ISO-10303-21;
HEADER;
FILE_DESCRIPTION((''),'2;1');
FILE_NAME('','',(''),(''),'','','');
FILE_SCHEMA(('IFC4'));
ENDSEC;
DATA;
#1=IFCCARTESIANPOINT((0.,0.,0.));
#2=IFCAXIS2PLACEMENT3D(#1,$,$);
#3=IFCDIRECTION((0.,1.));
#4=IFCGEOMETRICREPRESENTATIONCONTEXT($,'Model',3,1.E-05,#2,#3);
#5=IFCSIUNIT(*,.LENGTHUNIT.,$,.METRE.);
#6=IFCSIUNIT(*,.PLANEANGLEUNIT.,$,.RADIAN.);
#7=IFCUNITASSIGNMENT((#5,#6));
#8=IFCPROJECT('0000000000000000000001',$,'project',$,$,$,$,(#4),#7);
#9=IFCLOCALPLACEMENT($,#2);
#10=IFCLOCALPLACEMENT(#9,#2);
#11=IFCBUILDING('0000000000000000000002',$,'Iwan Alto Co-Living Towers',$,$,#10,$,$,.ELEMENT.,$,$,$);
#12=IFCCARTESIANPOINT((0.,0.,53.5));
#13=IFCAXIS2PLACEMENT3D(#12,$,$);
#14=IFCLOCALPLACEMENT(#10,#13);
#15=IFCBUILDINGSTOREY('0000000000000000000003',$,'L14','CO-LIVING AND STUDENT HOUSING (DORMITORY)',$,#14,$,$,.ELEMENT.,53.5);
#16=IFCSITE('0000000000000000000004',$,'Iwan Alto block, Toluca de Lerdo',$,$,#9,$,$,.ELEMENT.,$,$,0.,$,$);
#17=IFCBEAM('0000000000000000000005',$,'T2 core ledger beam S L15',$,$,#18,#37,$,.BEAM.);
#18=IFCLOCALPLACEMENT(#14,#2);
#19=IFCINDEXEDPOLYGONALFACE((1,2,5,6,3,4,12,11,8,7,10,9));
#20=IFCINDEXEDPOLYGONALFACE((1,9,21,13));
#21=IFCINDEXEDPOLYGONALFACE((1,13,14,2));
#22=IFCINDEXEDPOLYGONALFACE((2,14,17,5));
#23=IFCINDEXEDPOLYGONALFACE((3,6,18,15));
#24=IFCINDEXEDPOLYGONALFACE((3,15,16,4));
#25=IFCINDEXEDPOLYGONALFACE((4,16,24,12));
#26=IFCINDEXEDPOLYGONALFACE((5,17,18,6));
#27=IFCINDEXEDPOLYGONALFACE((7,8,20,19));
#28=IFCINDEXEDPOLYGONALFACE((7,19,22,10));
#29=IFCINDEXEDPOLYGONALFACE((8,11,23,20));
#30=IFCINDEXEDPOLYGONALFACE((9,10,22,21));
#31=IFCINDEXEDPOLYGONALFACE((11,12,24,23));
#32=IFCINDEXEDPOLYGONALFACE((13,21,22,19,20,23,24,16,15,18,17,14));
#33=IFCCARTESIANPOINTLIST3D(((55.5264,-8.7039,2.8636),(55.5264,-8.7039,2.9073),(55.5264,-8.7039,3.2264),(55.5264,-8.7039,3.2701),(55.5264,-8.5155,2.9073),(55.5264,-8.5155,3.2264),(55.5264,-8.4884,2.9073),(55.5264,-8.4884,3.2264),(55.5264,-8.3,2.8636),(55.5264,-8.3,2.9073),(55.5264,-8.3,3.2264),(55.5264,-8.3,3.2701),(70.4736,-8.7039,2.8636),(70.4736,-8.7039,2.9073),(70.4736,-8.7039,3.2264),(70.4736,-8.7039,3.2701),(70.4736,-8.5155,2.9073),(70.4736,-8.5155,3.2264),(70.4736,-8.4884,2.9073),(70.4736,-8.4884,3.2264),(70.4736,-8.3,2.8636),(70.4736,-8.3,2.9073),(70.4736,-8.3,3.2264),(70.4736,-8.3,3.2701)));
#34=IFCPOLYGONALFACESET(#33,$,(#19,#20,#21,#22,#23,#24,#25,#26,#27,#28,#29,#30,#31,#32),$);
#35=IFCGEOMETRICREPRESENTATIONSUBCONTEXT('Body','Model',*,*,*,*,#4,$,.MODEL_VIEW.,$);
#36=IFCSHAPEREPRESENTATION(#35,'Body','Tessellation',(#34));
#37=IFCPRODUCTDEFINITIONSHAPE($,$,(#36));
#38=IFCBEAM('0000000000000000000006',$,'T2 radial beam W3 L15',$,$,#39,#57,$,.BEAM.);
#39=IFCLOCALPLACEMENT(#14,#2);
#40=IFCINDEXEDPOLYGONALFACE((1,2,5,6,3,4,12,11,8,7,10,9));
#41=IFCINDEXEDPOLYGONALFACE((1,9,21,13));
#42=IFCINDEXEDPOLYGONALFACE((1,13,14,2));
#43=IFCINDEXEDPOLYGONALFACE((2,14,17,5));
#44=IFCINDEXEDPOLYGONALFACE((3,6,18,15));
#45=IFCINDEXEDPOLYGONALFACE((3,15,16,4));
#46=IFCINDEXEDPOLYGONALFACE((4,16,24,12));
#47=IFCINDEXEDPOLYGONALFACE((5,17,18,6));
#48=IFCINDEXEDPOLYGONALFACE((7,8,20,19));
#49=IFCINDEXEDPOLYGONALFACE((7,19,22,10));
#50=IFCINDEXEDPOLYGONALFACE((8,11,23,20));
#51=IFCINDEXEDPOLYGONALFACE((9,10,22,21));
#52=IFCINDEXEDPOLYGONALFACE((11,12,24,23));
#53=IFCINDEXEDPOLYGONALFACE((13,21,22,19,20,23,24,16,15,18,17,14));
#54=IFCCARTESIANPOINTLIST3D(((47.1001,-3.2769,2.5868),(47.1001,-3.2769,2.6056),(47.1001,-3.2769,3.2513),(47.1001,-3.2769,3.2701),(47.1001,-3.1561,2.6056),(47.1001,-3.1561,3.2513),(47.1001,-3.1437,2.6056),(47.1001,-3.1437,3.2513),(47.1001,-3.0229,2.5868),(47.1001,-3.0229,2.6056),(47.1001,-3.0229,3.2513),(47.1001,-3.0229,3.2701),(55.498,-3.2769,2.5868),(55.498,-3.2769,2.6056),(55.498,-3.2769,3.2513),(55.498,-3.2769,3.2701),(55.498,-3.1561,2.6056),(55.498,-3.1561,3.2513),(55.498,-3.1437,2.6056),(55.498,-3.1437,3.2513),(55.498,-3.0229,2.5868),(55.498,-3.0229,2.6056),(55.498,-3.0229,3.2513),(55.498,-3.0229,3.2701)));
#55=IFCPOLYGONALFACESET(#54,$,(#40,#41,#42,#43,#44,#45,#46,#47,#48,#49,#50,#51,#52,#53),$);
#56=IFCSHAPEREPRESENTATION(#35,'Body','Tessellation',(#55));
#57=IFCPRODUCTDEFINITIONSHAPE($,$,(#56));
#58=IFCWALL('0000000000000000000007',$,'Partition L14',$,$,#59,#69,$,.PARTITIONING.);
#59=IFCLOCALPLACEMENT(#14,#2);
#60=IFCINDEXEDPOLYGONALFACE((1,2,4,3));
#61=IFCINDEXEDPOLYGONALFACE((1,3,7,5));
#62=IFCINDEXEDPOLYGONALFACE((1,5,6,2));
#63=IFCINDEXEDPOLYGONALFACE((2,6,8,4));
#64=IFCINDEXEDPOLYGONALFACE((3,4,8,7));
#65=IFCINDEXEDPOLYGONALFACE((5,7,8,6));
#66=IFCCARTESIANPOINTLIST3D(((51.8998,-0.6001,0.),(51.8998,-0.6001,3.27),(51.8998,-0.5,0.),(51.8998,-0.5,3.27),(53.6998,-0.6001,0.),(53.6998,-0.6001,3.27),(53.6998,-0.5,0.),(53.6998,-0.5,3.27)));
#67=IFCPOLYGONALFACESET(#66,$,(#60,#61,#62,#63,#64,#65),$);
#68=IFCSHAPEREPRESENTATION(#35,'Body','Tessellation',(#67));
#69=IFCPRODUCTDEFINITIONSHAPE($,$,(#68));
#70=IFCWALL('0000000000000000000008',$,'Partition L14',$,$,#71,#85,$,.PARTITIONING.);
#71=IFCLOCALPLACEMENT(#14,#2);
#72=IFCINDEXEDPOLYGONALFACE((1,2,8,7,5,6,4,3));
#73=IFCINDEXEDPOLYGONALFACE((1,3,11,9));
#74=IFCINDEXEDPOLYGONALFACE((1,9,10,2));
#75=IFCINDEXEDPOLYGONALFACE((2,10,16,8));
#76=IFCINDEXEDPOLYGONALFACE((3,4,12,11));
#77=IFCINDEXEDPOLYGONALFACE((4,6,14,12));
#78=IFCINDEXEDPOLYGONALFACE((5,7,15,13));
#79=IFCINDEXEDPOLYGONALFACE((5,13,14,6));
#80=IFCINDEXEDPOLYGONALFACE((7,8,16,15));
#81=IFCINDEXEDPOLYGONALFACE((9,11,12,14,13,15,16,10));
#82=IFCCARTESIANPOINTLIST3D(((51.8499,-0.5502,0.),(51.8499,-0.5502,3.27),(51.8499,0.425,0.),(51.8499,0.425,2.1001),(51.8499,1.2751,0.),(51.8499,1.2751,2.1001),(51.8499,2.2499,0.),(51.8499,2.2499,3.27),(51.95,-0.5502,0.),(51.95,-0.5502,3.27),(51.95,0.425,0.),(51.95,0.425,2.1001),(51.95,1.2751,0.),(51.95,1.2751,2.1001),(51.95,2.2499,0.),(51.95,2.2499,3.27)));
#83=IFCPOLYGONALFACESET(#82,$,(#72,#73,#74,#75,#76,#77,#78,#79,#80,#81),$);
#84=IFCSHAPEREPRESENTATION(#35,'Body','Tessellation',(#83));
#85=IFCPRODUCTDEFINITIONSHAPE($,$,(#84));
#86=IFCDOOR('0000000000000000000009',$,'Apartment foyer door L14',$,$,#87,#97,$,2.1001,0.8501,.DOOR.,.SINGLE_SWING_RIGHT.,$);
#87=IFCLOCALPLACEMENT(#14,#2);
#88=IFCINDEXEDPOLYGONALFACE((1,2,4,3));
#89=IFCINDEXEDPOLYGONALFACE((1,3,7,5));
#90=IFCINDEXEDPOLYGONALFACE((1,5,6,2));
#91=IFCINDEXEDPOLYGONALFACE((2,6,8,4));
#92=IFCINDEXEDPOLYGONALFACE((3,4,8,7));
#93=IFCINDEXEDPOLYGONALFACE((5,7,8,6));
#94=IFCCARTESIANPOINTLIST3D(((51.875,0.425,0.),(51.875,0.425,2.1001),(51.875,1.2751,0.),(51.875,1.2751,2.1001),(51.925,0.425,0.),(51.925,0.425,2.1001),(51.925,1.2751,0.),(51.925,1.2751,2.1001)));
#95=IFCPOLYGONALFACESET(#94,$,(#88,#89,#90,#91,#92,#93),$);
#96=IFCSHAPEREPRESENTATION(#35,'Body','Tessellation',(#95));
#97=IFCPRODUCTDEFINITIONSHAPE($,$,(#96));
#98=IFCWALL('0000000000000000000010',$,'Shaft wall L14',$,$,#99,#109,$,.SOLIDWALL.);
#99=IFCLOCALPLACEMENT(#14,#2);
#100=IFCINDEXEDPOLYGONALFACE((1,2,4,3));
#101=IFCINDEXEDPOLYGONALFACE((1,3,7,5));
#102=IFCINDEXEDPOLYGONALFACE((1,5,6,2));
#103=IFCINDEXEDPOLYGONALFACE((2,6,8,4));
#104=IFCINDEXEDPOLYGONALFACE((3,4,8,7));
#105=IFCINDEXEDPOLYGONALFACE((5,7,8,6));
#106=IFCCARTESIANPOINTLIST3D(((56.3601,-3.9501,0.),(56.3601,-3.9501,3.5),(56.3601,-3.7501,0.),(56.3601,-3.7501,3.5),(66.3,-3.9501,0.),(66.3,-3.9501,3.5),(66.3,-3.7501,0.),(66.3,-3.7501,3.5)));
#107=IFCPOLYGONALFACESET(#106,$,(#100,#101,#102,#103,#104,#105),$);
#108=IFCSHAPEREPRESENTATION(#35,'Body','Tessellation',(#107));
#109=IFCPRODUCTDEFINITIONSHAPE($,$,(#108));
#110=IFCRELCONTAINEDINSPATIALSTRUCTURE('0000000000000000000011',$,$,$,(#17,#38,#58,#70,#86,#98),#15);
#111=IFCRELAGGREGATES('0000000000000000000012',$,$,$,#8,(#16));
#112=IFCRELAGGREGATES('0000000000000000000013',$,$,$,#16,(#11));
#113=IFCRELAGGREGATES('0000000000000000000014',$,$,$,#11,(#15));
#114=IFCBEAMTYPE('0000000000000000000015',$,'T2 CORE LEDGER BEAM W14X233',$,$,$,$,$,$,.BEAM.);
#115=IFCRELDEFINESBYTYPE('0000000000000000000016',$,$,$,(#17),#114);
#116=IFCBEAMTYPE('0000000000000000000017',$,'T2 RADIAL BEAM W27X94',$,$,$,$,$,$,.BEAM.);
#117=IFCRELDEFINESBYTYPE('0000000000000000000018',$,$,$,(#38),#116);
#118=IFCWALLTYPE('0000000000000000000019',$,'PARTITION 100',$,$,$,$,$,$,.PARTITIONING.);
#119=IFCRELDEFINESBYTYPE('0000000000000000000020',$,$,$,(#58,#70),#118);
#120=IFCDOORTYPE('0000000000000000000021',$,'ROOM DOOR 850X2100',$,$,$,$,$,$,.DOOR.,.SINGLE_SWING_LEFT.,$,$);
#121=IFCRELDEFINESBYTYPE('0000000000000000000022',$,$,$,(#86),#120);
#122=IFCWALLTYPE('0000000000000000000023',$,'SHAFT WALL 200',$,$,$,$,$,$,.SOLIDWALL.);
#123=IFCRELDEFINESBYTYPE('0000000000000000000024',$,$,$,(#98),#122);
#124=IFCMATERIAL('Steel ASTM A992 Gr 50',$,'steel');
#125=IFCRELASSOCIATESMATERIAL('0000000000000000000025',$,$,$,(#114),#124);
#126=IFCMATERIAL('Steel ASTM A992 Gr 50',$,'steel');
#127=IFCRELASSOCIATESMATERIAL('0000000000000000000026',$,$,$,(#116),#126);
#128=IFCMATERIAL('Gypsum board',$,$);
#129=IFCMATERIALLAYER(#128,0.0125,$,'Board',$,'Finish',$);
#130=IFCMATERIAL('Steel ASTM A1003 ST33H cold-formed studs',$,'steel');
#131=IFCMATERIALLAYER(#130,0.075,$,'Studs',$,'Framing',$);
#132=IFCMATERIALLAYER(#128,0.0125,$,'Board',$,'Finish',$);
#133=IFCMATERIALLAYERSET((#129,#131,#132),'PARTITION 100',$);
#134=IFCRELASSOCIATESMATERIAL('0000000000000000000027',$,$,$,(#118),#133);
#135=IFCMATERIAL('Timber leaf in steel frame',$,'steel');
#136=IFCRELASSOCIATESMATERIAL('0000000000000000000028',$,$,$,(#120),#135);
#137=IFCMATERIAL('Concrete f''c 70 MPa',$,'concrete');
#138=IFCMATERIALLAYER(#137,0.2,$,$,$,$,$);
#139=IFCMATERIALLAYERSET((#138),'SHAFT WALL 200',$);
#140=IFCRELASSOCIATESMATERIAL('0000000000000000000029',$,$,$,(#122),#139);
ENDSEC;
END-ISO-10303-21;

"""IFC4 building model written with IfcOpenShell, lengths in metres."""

from ifc_helpers import new_model, si_unit, direction, frame, frame_2d, origin, origin_2d, place, context, subcontext, project, spatial, rectangle, i_section, extrude, material, layer, layer_set, material_profile, profile_set, type_object, element, fill, save


model = new_model("IFC4")

# Units and contexts
model_context = context("Model", 3, precision=1e-05, world=origin(), true_north=direction((0.0, 1.0)))
body_context = subcontext(model_context, "Body", "Model", "MODEL_VIEW")
ifc_project = project(units=[si_unit("LENGTHUNIT", "METRE"), si_unit("PLANEANGLEUNIT", "RADIAN")], contexts=[model_context])

# Site, building, storey
site_placement = place(None, origin())
site = spatial("IfcSite", under=ifc_project, at=site_placement, Name="Iwan Alto block, Toluca de Lerdo", CompositionType="ELEMENT", RefElevation=0.0)
building_placement = place(site_placement, origin())
building = spatial("IfcBuilding", under=site, at=building_placement, Name="Iwan Alto Co-Living Towers", CompositionType="ELEMENT")
storey_placement = place(building_placement, frame((0.0, 0.0, 53.5)))
storey = spatial("IfcBuildingStorey", under=building, at=storey_placement, Name="L14", Description="CO-LIVING AND STUDENT HOUSING (DORMITORY)", CompositionType="ELEMENT", Elevation=53.5)

# Beams
ifc_material_1 = material(Name="Steel ASTM A992 Gr 50", Category="steel")
ifc_material_profile_1 = material_profile(ifc_material_1, i_section(OverallWidth=0.4038, OverallDepth=0.4065, WebThickness=0.0271, FlangeThickness=0.0437, at=origin_2d()), Name="W14X233")
ifc_profile_set_1 = profile_set([ifc_material_profile_1], Name="Steel ASTM A992 Gr 50")
beam_type_1 = type_object("IfcBeamType", Name="T2 CORE LEDGER BEAM W14X233", PredefinedType="BEAM", material=ifc_profile_set_1)
beam_1_placement = place(storey_placement, frame((55.5264, -8.502, 3.0669), z_axis=(1.0, 0.0, 0.0), x_axis=(0.0, 1.0, 0.0)))
element("IfcBeam", 1, at=beam_1_placement, inside=storey, type_object=beam_type_1, Name="T2 core ledger beam S L15", PredefinedType="BEAM", context=body_context, shape_type="SweptSolid", body=[
    extrude(i_section(OverallWidth=0.4038, OverallDepth=0.4065, WebThickness=0.0271, FlangeThickness=0.0437, at=origin_2d()), origin(), (0.0, 0.0, 1.0), 14.9473),
])
ifc_material_2 = material(Name="Steel ASTM A992 Gr 50", Category="steel")
ifc_material_profile_2 = material_profile(ifc_material_2, i_section(OverallWidth=0.2539, OverallDepth=0.6833, WebThickness=0.0125, FlangeThickness=0.0188, at=origin_2d()), Name="W27X94")
ifc_profile_set_2 = profile_set([ifc_material_profile_2], Name="Steel ASTM A992 Gr 50")
beam_type_2 = type_object("IfcBeamType", Name="T2 RADIAL BEAM W27X94", PredefinedType="BEAM", material=ifc_profile_set_2)
beam_2_placement = place(storey_placement, frame((47.1001, -3.1499, 2.9285), z_axis=(1.0, 0.0, 0.0), x_axis=(0.0, 1.0, 0.0)))
element("IfcBeam", 2, at=beam_2_placement, inside=storey, type_object=beam_type_2, Name="T2 radial beam W3 L15", PredefinedType="BEAM", context=body_context, shape_type="SweptSolid", body=[
    extrude(i_section(OverallWidth=0.2539, OverallDepth=0.6833, WebThickness=0.0125, FlangeThickness=0.0188, at=origin_2d()), origin(), (0.0, 0.0, 1.0), 8.3979),
])

# Wall
ifc_material_3 = material(Name="Gypsum board")
ifc_layer_1 = layer(ifc_material_3, 0.0125, Name="Board", Category="Finish")
ifc_material_4 = material(Name="Steel ASTM A1003 ST33H cold-formed studs", Category="steel")
ifc_layer_2 = layer(ifc_material_4, 0.075, Name="Studs", Category="Framing")
ifc_layer_3 = layer(ifc_material_3, 0.0125, Name="Board", Category="Finish")
ifc_layer_set_1 = layer_set([ifc_layer_1, ifc_layer_2, ifc_layer_3], Name="PARTITION 100")
wall_type_1 = type_object("IfcWallType", Name="PARTITION 100", PredefinedType="PARTITIONING", material=ifc_layer_set_1)
wall_1_placement = place(storey_placement, frame((51.8999, -0.55, 0.0), z_axis=(0.0, 0.0, 1.0), x_axis=(1.0, 0.0, 0.0)))
element("IfcWall", 3, at=wall_1_placement, inside=storey, type_object=wall_type_1, Name="Partition L14", PredefinedType="PARTITIONING", context=body_context, shape_type="SweptSolid", body=[
    extrude(rectangle(XDim=1.8, YDim=0.1001, at=frame_2d((0.8999, 0.0))), origin(), (0.0, 0.0, 1.0), 3.27),
])

# Wall, opening, door
wall_2_placement = place(storey_placement, frame((51.8999, -0.55, 0.0), z_axis=(0.0, 0.0, 1.0), x_axis=(0.0, 1.0, 0.0)))
wall_2 = element("IfcWall", 4, at=wall_2_placement, inside=storey, type_object=wall_type_1, Name="Partition L14", PredefinedType="PARTITIONING", context=body_context, shape_type="SweptSolid", body=[
    extrude(rectangle(XDim=2.8, YDim=0.1001, at=frame_2d((1.3999, 0.0))), origin(), (0.0, 0.0, 1.0), 3.27),
])
opening_1_placement = place(wall_2_placement, frame((0.9751, 0.0, 0.0)))
opening_1 = element("IfcOpeningElement", 5, at=opening_1_placement, cuts=wall_2, PredefinedType="OPENING", context=body_context, shape_type="SweptSolid", body=[
    extrude(rectangle(XDim=0.8501, YDim=2.1001, at=frame_2d((0.425, 1.05))), frame((0.0, 0.0601, 0.0), z_axis=(0.0, -1.0, 0.0), x_axis=(1.0, 0.0, 0.0)), (0.0, 0.0, 1.0), 0.1201),
])
ifc_material_5 = material(Name="Timber leaf in steel frame", Category="steel")
door_type_1 = type_object("IfcDoorType", Name="ROOM DOOR 850X2100", OperationType="SINGLE_SWING_LEFT", PredefinedType="DOOR", material=ifc_material_5)
door_1_placement = place(opening_1_placement, origin())
door_1 = element("IfcDoor", 6, at=door_1_placement, inside=storey, type_object=door_type_1, Name="Apartment foyer door L14", OperationType="SINGLE_SWING_RIGHT", OverallHeight=2.1001, OverallWidth=0.8501, PredefinedType="DOOR", context=body_context, shape_type="SweptSolid", body=[
    extrude(rectangle(XDim=0.8501, YDim=2.1001, at=frame_2d((0.425, 1.05))), frame((0.0, 0.0249, 0.0), z_axis=(0.0, -1.0, 0.0), x_axis=(1.0, 0.0, 0.0)), (0.0, 0.0, 1.0), 0.05),
])
fill(opening_1, door_1)

# Wall
ifc_material_6 = material(Name="Concrete f'c 70 MPa", Category="concrete")
ifc_layer_4 = layer(ifc_material_6, 0.2)
ifc_layer_set_2 = layer_set([ifc_layer_4], Name="SHAFT WALL 200")
wall_type_2 = type_object("IfcWallType", Name="SHAFT WALL 200", PredefinedType="SOLIDWALL", material=ifc_layer_set_2)
wall_3_placement = place(storey_placement, frame((56.3601, -3.8501, 0.0), z_axis=(0.0, 0.0, 1.0), x_axis=(1.0, 0.0, 0.0)))
element("IfcWall", 7, at=wall_3_placement, inside=storey, type_object=wall_type_2, Name="Shaft wall L14", PredefinedType="SOLIDWALL", context=body_context, shape_type="SweptSolid", body=[
    extrude(rectangle(XDim=9.9399, YDim=0.2, at=frame_2d((4.97, 0.0))), origin(), (0.0, 0.0, 1.0), 3.5),
])

save(model, "model.ifc")
